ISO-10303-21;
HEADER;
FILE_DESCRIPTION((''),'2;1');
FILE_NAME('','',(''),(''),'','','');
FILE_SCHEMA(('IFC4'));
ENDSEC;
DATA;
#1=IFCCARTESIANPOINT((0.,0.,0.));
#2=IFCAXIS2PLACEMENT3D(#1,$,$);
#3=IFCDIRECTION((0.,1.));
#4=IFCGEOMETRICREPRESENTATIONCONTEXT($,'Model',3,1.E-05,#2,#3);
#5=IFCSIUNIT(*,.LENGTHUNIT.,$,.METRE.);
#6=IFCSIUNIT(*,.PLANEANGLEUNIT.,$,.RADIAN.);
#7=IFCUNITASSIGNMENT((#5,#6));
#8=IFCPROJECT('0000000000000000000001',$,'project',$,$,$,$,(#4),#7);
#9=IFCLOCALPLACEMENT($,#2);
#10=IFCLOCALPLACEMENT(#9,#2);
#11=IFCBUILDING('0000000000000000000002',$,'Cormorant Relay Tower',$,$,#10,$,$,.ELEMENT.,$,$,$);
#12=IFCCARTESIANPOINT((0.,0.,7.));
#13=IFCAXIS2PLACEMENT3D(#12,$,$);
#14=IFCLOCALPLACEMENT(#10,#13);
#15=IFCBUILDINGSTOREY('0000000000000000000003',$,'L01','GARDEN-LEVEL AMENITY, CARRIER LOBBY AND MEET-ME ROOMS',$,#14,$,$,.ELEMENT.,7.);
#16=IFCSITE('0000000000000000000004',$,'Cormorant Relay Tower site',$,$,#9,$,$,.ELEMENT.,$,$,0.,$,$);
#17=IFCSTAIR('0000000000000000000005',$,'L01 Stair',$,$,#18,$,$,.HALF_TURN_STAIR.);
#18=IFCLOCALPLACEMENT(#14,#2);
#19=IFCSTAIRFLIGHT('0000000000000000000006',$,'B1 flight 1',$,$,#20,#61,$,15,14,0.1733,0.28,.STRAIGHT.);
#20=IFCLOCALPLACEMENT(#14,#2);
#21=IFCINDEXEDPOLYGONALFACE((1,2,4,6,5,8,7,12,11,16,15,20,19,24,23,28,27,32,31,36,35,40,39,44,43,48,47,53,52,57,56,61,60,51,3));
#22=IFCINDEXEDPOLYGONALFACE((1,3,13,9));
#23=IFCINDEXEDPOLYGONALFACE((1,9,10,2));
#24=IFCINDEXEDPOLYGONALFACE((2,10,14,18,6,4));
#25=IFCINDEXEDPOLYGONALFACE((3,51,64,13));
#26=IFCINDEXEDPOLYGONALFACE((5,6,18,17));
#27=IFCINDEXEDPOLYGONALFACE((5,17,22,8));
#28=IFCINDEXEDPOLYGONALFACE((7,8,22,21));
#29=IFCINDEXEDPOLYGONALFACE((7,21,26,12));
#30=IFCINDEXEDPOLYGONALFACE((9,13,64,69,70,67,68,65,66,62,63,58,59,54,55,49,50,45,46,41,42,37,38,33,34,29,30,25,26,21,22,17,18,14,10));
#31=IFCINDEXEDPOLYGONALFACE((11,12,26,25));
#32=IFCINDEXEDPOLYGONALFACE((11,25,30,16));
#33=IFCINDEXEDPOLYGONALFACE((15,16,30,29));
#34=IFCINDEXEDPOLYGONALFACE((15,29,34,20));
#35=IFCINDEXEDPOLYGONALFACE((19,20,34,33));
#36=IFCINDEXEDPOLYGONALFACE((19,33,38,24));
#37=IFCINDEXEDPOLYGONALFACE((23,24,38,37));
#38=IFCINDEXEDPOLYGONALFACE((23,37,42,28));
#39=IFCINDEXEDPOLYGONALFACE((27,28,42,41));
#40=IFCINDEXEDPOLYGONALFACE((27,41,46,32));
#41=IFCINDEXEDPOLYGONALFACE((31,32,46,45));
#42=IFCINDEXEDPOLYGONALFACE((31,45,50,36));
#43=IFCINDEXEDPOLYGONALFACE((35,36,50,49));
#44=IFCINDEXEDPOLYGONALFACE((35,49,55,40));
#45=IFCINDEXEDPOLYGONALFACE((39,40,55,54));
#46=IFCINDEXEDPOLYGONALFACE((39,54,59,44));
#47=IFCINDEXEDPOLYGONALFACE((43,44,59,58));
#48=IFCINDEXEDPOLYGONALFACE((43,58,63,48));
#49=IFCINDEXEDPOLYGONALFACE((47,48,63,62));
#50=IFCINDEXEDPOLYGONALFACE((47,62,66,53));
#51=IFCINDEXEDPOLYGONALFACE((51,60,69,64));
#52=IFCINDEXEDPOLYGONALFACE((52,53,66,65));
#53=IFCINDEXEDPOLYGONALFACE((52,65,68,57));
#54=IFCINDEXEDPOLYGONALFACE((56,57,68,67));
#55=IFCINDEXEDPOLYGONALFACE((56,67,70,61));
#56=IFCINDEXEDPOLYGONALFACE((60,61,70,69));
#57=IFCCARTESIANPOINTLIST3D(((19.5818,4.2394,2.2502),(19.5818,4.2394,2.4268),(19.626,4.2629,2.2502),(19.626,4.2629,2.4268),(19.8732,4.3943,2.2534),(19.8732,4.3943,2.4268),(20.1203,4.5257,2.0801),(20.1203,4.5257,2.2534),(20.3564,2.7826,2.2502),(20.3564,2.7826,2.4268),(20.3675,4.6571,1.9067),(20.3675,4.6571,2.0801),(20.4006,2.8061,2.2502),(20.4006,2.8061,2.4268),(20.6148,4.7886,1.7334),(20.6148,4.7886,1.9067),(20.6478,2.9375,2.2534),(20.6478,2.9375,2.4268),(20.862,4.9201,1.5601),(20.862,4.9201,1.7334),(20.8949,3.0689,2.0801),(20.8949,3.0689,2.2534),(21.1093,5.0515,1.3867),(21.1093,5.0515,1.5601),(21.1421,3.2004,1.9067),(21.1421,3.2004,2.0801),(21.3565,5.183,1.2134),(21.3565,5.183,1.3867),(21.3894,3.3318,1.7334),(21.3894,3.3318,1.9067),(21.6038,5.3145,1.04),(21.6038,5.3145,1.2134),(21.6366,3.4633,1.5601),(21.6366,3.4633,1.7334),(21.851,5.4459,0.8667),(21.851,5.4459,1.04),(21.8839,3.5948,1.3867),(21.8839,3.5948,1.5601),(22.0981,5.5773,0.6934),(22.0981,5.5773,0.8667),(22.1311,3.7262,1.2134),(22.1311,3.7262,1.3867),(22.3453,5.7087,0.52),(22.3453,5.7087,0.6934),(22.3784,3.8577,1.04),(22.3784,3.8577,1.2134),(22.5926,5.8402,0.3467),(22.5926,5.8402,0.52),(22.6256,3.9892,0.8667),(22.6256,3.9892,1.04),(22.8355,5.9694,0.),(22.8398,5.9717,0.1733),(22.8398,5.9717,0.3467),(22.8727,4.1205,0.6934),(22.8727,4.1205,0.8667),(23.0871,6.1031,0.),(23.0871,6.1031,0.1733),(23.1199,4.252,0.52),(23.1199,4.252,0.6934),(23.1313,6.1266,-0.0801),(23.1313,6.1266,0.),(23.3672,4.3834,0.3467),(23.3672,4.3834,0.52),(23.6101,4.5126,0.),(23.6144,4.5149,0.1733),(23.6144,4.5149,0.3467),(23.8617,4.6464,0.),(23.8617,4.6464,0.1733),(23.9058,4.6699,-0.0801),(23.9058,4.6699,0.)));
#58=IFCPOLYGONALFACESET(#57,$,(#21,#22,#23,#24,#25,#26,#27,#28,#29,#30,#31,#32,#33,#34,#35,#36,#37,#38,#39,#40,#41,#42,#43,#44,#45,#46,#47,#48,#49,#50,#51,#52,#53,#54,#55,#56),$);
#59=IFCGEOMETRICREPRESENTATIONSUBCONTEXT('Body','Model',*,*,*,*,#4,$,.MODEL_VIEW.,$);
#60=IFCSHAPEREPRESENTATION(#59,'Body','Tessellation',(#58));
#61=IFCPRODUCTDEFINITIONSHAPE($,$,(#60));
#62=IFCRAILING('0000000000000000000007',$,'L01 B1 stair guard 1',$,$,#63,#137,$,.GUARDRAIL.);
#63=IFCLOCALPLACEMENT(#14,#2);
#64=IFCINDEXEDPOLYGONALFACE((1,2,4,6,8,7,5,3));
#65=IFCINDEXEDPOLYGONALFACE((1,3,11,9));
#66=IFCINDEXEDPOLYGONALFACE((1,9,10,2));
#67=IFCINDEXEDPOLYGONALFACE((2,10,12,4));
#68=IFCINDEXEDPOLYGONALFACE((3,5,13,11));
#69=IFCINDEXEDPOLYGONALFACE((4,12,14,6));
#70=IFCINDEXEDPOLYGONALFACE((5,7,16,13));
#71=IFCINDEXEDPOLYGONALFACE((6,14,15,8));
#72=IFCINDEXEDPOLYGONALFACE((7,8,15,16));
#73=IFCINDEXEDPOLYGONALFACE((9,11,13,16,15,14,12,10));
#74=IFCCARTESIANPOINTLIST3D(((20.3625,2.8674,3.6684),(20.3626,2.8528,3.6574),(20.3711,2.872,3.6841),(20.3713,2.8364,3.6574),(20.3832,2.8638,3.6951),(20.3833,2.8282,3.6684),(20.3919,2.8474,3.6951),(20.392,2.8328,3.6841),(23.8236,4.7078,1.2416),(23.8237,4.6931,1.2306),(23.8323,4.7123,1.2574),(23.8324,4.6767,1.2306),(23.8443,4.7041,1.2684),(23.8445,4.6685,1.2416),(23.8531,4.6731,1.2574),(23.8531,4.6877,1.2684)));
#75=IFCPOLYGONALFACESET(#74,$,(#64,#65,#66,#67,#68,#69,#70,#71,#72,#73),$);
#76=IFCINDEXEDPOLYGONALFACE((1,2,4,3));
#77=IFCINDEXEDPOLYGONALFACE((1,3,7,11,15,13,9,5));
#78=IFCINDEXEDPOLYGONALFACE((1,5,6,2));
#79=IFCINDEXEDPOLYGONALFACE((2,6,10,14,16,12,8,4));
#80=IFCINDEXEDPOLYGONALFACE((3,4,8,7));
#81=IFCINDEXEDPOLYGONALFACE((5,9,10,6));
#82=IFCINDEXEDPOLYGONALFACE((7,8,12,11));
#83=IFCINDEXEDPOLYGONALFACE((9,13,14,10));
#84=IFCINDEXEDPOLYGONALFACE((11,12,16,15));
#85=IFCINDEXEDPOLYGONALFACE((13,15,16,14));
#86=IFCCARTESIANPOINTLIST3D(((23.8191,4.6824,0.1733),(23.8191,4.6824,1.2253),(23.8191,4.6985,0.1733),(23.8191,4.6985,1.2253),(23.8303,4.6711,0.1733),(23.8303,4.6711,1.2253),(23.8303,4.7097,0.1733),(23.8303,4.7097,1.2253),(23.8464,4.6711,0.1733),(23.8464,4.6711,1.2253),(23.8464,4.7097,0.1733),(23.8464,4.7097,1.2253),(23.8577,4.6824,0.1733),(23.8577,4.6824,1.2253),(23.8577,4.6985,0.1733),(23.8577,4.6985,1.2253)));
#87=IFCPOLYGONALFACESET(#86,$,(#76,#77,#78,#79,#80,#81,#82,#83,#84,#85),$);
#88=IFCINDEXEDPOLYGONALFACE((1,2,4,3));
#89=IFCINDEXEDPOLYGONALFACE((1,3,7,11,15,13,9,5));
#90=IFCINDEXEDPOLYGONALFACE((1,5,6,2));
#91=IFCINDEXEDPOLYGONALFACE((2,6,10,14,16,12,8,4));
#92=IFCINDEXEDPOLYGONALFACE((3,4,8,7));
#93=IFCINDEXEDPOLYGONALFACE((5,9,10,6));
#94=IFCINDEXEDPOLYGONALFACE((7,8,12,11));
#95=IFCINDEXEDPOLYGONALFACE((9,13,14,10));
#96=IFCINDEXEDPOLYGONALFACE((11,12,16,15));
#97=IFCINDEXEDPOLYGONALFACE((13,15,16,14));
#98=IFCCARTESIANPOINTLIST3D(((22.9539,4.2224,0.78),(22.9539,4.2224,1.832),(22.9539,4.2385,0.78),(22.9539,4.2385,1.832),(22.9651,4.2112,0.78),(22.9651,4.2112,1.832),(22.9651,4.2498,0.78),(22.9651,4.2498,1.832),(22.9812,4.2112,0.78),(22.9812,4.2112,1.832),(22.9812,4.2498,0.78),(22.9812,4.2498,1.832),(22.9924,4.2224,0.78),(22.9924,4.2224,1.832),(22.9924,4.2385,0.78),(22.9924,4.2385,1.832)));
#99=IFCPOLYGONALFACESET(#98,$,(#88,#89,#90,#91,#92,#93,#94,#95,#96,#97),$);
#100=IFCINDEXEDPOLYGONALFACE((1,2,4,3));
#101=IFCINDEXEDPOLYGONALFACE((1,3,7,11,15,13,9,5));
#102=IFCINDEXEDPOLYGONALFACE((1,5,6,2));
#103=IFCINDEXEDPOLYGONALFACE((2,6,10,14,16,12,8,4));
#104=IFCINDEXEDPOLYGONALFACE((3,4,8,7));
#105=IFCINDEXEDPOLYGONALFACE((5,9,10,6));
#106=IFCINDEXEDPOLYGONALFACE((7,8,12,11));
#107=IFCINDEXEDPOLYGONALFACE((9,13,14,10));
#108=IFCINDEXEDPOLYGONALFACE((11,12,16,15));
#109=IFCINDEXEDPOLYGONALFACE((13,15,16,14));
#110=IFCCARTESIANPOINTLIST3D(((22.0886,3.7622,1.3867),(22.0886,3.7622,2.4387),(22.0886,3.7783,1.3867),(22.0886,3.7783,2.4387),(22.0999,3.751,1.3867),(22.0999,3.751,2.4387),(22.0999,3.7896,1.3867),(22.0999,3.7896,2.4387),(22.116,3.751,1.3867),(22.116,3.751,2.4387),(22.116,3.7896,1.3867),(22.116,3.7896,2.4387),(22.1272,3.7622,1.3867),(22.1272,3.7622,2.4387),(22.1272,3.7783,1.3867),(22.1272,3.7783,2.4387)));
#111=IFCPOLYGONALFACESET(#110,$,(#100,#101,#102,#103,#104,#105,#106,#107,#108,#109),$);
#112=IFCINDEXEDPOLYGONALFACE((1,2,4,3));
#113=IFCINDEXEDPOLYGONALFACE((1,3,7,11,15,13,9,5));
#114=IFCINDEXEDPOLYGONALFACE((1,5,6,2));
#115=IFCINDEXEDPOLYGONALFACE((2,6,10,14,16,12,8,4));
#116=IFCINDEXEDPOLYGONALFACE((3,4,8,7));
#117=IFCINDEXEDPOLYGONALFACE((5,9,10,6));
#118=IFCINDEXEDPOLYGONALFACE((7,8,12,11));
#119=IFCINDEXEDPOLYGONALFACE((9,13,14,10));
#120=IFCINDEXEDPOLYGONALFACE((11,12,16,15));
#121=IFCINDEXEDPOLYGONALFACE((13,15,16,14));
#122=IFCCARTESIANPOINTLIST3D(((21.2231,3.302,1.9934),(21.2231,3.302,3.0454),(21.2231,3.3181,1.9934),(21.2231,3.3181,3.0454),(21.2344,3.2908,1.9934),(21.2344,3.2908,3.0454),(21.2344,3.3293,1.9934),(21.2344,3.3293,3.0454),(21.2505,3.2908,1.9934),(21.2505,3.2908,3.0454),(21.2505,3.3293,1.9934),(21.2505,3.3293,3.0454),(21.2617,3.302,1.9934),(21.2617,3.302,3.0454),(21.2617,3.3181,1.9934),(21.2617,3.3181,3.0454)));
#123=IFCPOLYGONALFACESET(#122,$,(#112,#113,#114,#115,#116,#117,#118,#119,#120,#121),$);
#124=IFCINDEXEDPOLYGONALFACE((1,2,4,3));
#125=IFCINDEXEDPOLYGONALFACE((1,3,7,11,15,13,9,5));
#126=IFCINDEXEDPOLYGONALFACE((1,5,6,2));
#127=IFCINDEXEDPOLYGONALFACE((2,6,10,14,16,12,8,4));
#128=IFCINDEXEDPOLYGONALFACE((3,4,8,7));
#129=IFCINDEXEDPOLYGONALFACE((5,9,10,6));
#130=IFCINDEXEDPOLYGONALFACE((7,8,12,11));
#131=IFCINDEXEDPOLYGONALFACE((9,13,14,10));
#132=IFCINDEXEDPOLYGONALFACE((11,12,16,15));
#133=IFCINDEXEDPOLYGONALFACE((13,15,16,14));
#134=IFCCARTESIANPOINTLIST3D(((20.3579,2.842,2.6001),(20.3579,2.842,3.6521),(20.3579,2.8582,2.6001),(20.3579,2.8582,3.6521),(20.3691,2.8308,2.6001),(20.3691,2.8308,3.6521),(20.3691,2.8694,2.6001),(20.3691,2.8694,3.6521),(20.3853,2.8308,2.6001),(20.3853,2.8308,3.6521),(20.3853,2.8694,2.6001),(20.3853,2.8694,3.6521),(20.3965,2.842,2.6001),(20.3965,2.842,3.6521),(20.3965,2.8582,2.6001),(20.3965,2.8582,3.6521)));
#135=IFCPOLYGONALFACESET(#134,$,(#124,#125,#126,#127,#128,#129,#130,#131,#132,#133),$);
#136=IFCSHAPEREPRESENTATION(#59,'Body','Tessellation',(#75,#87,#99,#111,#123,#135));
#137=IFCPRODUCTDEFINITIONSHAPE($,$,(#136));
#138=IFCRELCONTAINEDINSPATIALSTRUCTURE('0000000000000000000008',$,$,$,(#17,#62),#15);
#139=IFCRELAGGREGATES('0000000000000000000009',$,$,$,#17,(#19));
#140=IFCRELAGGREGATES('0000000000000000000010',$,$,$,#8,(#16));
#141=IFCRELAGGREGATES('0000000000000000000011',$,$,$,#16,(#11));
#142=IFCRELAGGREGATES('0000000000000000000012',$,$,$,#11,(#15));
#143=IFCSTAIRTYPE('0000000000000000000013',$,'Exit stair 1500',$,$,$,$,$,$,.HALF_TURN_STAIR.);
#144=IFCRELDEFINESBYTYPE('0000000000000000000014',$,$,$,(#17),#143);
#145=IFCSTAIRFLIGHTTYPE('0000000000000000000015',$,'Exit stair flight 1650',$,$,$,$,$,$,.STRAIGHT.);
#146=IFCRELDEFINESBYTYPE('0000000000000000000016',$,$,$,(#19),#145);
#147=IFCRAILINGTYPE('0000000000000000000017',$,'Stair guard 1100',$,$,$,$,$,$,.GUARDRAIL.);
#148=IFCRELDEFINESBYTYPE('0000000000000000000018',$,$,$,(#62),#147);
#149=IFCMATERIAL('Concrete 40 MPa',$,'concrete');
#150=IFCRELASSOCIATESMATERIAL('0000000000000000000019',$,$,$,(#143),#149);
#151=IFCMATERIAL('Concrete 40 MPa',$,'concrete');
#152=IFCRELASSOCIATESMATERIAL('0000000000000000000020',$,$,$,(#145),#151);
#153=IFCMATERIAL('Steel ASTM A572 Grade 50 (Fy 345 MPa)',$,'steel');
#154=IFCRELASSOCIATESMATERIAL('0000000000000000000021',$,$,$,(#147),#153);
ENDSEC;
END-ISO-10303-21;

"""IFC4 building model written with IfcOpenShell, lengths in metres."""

from ifc_helpers import new_model, si_unit, direction, frame, origin, place, context, subcontext, project, spatial, polyline, outline, extrude, material, type_object, element, aggregate, save


model = new_model("IFC4")

# Units and contexts
model_context = context("Model", 3, precision=1e-05, world=origin(), true_north=direction((0.0, 1.0)))
body_context = subcontext(model_context, "Body", "Model", "MODEL_VIEW")
ifc_project = project(units=[si_unit("LENGTHUNIT", "METRE"), si_unit("PLANEANGLEUNIT", "RADIAN")], contexts=[model_context])

# Site, building, storey
site_placement = place(None, origin())
site = spatial("IfcSite", under=ifc_project, at=site_placement, Name="Cormorant Relay Tower site", CompositionType="ELEMENT", RefElevation=0.0)
building_placement = place(site_placement, origin())
building = spatial("IfcBuilding", under=site, at=building_placement, Name="Cormorant Relay Tower", CompositionType="ELEMENT")
storey_placement = place(building_placement, frame((0.0, 0.0, 7.0)))
storey = spatial("IfcBuildingStorey", under=building, at=storey_placement, Name="L01", Description="GARDEN-LEVEL AMENITY, CARRIER LOBBY AND MEET-ME ROOMS", CompositionType="ELEMENT", Elevation=7.0)

# Stair, stair flight
ifc_material_1 = material(Name="Concrete 40 MPa", Category="concrete")
stair_type = type_object("IfcStairType", Name="Exit stair 1500", PredefinedType="HALF_TURN_STAIR", material=ifc_material_1)
stair_placement = place(storey_placement, origin())
stair = element("IfcStair", 1, at=stair_placement, inside=storey, type_object=stair_type, Name="L01 Stair", PredefinedType="HALF_TURN_STAIR")
ifc_material_2 = material(Name="Concrete 40 MPa", Category="concrete")
stair_flight_type = type_object("IfcStairFlightType", Name="Exit stair flight 1650", PredefinedType="STRAIGHT", material=ifc_material_2)
stair_flight_placement = place(storey_placement, frame((23.4744, 5.3748, 0.0), z_axis=(0.0, 0.0, 1.0), x_axis=(-0.882948, -0.469472, 0.0)))
stair_flight = element("IfcStairFlight", 2, at=stair_flight_placement, type_object=stair_flight_type, Name="B1 flight 1", NumberOfRisers=15, NumberOfTreads=14, PredefinedType="STRAIGHT", RiserHeight=0.1733, TreadLength=0.28, context=body_context, shape_type="SweptSolid", body=[
    extrude(outline(polyline([(-0.05, -0.0801), (-0.05, 0.0), (0.0, 0.0), (0.0, 0.1733), (0.28, 0.1733), (0.28, 0.3467), (0.5601, 0.3467), (0.5601, 0.52), (0.8401, 0.52), (0.8401, 0.6934), (1.1201, 0.6934), (1.1201, 0.8667), (1.3999, 0.8667), (1.3999, 1.04), (1.6799, 1.04), (1.6799, 1.2134), (1.96, 1.2134), (1.96, 1.3867), (2.24, 1.3867), (2.24, 1.5601), (2.52, 1.5601), (2.52, 1.7334), (2.8, 1.7334), (2.8, 1.9067), (3.0801, 1.9067), (3.0801, 2.0801), (3.3601, 2.0801), (3.3601, 2.2534), (3.6399, 2.2534), (3.6399, 2.4268), (3.9199, 2.4268), (3.97, 2.4268), (3.97, 2.2502), (3.9199, 2.2502), (0.2849, 0.0), (-0.05, -0.0801)])), frame((0.0, 0.825, 0.0), z_axis=(0.0, -1.0, 0.0), x_axis=(1.0, 0.0, 0.0)), (0.0, 0.0, 1.0), 1.6499),
])
aggregate(stair, [stair_flight])

# Railing
ifc_material_3 = material(Name="Steel ASTM A572 Grade 50 (Fy 345 MPa)", Category="steel")
railing_type_1 = type_object("IfcRailingType", Name="Stair guard 1100", PredefinedType="GUARDRAIL", material=ifc_material_3)
railing_1_placement = place(storey_placement, frame((23.8384, 4.6904, 0.1733)))
element("IfcRailing", 3, at=railing_1_placement, inside=storey, type_object=railing_type_1, Name="L01 B1 stair guard 1", PredefinedType="GUARDRAIL", context=body_context, shape_type="SweptSolid", body=[
    extrude(outline(polyline([(0.0222, 0.0093), (0.0093, 0.0222), (-0.0093, 0.0222), (-0.0222, 0.0093), (-0.0222, -0.0093), (-0.0093, -0.0222), (0.0093, -0.0222), (0.0222, -0.0093), (0.0222, 0.0093)])), frame((0.0, 0.0, 1.0762), z_axis=(-0.750734, -0.39917, 0.526366), x_axis=(0.469469, -0.882949, 0.0)), (0.0, 0.0, 1.0), 4.6104),
    extrude(outline(polyline([(0.0193, 0.0081), (0.0081, 0.0193), (-0.0081, 0.0193), (-0.0193, 0.0081), (-0.0193, -0.0081), (-0.0081, -0.0193), (0.0081, -0.0193), (0.0193, -0.0081), (0.0193, 0.0081)])), origin(), (0.0, 0.0, 1.0), 1.052),
    extrude(outline(polyline([(0.0193, 0.0081), (0.0081, 0.0193), (-0.0081, 0.0193), (-0.0193, 0.0081), (-0.0193, -0.0081), (-0.0081, -0.0193), (0.0081, -0.0193), (0.0193, -0.0081), (0.0193, 0.0081)])), frame((-0.8652, -0.46, 0.6067)), (0.0, 0.0, 1.0), 1.052),
    extrude(outline(polyline([(0.0193, 0.0081), (0.0081, 0.0193), (-0.0081, 0.0193), (-0.0193, 0.0081), (-0.0193, -0.0081), (-0.0081, -0.0193), (0.0081, -0.0193), (0.0193, -0.0081), (0.0193, 0.0081)])), frame((-1.7305, -0.9202, 1.2134)), (0.0, 0.0, 1.0), 1.052),
    extrude(outline(polyline([(0.0193, 0.0081), (0.0081, 0.0193), (-0.0081, 0.0193), (-0.0193, 0.0081), (-0.0193, -0.0081), (-0.0081, -0.0193), (0.0081, -0.0193), (0.0193, -0.0081), (0.0193, 0.0081)])), frame((-2.5959, -1.3804, 1.8201)), (0.0, 0.0, 1.0), 1.052),
    extrude(outline(polyline([(0.0193, 0.0081), (0.0081, 0.0193), (-0.0081, 0.0193), (-0.0193, 0.0081), (-0.0193, -0.0081), (-0.0081, -0.0193), (0.0081, -0.0193), (0.0193, -0.0081), (0.0193, 0.0081)])), frame((-3.4612, -1.8403, 2.4268)), (0.0, 0.0, 1.0), 1.052),
])

save(model, "model.ifc")
